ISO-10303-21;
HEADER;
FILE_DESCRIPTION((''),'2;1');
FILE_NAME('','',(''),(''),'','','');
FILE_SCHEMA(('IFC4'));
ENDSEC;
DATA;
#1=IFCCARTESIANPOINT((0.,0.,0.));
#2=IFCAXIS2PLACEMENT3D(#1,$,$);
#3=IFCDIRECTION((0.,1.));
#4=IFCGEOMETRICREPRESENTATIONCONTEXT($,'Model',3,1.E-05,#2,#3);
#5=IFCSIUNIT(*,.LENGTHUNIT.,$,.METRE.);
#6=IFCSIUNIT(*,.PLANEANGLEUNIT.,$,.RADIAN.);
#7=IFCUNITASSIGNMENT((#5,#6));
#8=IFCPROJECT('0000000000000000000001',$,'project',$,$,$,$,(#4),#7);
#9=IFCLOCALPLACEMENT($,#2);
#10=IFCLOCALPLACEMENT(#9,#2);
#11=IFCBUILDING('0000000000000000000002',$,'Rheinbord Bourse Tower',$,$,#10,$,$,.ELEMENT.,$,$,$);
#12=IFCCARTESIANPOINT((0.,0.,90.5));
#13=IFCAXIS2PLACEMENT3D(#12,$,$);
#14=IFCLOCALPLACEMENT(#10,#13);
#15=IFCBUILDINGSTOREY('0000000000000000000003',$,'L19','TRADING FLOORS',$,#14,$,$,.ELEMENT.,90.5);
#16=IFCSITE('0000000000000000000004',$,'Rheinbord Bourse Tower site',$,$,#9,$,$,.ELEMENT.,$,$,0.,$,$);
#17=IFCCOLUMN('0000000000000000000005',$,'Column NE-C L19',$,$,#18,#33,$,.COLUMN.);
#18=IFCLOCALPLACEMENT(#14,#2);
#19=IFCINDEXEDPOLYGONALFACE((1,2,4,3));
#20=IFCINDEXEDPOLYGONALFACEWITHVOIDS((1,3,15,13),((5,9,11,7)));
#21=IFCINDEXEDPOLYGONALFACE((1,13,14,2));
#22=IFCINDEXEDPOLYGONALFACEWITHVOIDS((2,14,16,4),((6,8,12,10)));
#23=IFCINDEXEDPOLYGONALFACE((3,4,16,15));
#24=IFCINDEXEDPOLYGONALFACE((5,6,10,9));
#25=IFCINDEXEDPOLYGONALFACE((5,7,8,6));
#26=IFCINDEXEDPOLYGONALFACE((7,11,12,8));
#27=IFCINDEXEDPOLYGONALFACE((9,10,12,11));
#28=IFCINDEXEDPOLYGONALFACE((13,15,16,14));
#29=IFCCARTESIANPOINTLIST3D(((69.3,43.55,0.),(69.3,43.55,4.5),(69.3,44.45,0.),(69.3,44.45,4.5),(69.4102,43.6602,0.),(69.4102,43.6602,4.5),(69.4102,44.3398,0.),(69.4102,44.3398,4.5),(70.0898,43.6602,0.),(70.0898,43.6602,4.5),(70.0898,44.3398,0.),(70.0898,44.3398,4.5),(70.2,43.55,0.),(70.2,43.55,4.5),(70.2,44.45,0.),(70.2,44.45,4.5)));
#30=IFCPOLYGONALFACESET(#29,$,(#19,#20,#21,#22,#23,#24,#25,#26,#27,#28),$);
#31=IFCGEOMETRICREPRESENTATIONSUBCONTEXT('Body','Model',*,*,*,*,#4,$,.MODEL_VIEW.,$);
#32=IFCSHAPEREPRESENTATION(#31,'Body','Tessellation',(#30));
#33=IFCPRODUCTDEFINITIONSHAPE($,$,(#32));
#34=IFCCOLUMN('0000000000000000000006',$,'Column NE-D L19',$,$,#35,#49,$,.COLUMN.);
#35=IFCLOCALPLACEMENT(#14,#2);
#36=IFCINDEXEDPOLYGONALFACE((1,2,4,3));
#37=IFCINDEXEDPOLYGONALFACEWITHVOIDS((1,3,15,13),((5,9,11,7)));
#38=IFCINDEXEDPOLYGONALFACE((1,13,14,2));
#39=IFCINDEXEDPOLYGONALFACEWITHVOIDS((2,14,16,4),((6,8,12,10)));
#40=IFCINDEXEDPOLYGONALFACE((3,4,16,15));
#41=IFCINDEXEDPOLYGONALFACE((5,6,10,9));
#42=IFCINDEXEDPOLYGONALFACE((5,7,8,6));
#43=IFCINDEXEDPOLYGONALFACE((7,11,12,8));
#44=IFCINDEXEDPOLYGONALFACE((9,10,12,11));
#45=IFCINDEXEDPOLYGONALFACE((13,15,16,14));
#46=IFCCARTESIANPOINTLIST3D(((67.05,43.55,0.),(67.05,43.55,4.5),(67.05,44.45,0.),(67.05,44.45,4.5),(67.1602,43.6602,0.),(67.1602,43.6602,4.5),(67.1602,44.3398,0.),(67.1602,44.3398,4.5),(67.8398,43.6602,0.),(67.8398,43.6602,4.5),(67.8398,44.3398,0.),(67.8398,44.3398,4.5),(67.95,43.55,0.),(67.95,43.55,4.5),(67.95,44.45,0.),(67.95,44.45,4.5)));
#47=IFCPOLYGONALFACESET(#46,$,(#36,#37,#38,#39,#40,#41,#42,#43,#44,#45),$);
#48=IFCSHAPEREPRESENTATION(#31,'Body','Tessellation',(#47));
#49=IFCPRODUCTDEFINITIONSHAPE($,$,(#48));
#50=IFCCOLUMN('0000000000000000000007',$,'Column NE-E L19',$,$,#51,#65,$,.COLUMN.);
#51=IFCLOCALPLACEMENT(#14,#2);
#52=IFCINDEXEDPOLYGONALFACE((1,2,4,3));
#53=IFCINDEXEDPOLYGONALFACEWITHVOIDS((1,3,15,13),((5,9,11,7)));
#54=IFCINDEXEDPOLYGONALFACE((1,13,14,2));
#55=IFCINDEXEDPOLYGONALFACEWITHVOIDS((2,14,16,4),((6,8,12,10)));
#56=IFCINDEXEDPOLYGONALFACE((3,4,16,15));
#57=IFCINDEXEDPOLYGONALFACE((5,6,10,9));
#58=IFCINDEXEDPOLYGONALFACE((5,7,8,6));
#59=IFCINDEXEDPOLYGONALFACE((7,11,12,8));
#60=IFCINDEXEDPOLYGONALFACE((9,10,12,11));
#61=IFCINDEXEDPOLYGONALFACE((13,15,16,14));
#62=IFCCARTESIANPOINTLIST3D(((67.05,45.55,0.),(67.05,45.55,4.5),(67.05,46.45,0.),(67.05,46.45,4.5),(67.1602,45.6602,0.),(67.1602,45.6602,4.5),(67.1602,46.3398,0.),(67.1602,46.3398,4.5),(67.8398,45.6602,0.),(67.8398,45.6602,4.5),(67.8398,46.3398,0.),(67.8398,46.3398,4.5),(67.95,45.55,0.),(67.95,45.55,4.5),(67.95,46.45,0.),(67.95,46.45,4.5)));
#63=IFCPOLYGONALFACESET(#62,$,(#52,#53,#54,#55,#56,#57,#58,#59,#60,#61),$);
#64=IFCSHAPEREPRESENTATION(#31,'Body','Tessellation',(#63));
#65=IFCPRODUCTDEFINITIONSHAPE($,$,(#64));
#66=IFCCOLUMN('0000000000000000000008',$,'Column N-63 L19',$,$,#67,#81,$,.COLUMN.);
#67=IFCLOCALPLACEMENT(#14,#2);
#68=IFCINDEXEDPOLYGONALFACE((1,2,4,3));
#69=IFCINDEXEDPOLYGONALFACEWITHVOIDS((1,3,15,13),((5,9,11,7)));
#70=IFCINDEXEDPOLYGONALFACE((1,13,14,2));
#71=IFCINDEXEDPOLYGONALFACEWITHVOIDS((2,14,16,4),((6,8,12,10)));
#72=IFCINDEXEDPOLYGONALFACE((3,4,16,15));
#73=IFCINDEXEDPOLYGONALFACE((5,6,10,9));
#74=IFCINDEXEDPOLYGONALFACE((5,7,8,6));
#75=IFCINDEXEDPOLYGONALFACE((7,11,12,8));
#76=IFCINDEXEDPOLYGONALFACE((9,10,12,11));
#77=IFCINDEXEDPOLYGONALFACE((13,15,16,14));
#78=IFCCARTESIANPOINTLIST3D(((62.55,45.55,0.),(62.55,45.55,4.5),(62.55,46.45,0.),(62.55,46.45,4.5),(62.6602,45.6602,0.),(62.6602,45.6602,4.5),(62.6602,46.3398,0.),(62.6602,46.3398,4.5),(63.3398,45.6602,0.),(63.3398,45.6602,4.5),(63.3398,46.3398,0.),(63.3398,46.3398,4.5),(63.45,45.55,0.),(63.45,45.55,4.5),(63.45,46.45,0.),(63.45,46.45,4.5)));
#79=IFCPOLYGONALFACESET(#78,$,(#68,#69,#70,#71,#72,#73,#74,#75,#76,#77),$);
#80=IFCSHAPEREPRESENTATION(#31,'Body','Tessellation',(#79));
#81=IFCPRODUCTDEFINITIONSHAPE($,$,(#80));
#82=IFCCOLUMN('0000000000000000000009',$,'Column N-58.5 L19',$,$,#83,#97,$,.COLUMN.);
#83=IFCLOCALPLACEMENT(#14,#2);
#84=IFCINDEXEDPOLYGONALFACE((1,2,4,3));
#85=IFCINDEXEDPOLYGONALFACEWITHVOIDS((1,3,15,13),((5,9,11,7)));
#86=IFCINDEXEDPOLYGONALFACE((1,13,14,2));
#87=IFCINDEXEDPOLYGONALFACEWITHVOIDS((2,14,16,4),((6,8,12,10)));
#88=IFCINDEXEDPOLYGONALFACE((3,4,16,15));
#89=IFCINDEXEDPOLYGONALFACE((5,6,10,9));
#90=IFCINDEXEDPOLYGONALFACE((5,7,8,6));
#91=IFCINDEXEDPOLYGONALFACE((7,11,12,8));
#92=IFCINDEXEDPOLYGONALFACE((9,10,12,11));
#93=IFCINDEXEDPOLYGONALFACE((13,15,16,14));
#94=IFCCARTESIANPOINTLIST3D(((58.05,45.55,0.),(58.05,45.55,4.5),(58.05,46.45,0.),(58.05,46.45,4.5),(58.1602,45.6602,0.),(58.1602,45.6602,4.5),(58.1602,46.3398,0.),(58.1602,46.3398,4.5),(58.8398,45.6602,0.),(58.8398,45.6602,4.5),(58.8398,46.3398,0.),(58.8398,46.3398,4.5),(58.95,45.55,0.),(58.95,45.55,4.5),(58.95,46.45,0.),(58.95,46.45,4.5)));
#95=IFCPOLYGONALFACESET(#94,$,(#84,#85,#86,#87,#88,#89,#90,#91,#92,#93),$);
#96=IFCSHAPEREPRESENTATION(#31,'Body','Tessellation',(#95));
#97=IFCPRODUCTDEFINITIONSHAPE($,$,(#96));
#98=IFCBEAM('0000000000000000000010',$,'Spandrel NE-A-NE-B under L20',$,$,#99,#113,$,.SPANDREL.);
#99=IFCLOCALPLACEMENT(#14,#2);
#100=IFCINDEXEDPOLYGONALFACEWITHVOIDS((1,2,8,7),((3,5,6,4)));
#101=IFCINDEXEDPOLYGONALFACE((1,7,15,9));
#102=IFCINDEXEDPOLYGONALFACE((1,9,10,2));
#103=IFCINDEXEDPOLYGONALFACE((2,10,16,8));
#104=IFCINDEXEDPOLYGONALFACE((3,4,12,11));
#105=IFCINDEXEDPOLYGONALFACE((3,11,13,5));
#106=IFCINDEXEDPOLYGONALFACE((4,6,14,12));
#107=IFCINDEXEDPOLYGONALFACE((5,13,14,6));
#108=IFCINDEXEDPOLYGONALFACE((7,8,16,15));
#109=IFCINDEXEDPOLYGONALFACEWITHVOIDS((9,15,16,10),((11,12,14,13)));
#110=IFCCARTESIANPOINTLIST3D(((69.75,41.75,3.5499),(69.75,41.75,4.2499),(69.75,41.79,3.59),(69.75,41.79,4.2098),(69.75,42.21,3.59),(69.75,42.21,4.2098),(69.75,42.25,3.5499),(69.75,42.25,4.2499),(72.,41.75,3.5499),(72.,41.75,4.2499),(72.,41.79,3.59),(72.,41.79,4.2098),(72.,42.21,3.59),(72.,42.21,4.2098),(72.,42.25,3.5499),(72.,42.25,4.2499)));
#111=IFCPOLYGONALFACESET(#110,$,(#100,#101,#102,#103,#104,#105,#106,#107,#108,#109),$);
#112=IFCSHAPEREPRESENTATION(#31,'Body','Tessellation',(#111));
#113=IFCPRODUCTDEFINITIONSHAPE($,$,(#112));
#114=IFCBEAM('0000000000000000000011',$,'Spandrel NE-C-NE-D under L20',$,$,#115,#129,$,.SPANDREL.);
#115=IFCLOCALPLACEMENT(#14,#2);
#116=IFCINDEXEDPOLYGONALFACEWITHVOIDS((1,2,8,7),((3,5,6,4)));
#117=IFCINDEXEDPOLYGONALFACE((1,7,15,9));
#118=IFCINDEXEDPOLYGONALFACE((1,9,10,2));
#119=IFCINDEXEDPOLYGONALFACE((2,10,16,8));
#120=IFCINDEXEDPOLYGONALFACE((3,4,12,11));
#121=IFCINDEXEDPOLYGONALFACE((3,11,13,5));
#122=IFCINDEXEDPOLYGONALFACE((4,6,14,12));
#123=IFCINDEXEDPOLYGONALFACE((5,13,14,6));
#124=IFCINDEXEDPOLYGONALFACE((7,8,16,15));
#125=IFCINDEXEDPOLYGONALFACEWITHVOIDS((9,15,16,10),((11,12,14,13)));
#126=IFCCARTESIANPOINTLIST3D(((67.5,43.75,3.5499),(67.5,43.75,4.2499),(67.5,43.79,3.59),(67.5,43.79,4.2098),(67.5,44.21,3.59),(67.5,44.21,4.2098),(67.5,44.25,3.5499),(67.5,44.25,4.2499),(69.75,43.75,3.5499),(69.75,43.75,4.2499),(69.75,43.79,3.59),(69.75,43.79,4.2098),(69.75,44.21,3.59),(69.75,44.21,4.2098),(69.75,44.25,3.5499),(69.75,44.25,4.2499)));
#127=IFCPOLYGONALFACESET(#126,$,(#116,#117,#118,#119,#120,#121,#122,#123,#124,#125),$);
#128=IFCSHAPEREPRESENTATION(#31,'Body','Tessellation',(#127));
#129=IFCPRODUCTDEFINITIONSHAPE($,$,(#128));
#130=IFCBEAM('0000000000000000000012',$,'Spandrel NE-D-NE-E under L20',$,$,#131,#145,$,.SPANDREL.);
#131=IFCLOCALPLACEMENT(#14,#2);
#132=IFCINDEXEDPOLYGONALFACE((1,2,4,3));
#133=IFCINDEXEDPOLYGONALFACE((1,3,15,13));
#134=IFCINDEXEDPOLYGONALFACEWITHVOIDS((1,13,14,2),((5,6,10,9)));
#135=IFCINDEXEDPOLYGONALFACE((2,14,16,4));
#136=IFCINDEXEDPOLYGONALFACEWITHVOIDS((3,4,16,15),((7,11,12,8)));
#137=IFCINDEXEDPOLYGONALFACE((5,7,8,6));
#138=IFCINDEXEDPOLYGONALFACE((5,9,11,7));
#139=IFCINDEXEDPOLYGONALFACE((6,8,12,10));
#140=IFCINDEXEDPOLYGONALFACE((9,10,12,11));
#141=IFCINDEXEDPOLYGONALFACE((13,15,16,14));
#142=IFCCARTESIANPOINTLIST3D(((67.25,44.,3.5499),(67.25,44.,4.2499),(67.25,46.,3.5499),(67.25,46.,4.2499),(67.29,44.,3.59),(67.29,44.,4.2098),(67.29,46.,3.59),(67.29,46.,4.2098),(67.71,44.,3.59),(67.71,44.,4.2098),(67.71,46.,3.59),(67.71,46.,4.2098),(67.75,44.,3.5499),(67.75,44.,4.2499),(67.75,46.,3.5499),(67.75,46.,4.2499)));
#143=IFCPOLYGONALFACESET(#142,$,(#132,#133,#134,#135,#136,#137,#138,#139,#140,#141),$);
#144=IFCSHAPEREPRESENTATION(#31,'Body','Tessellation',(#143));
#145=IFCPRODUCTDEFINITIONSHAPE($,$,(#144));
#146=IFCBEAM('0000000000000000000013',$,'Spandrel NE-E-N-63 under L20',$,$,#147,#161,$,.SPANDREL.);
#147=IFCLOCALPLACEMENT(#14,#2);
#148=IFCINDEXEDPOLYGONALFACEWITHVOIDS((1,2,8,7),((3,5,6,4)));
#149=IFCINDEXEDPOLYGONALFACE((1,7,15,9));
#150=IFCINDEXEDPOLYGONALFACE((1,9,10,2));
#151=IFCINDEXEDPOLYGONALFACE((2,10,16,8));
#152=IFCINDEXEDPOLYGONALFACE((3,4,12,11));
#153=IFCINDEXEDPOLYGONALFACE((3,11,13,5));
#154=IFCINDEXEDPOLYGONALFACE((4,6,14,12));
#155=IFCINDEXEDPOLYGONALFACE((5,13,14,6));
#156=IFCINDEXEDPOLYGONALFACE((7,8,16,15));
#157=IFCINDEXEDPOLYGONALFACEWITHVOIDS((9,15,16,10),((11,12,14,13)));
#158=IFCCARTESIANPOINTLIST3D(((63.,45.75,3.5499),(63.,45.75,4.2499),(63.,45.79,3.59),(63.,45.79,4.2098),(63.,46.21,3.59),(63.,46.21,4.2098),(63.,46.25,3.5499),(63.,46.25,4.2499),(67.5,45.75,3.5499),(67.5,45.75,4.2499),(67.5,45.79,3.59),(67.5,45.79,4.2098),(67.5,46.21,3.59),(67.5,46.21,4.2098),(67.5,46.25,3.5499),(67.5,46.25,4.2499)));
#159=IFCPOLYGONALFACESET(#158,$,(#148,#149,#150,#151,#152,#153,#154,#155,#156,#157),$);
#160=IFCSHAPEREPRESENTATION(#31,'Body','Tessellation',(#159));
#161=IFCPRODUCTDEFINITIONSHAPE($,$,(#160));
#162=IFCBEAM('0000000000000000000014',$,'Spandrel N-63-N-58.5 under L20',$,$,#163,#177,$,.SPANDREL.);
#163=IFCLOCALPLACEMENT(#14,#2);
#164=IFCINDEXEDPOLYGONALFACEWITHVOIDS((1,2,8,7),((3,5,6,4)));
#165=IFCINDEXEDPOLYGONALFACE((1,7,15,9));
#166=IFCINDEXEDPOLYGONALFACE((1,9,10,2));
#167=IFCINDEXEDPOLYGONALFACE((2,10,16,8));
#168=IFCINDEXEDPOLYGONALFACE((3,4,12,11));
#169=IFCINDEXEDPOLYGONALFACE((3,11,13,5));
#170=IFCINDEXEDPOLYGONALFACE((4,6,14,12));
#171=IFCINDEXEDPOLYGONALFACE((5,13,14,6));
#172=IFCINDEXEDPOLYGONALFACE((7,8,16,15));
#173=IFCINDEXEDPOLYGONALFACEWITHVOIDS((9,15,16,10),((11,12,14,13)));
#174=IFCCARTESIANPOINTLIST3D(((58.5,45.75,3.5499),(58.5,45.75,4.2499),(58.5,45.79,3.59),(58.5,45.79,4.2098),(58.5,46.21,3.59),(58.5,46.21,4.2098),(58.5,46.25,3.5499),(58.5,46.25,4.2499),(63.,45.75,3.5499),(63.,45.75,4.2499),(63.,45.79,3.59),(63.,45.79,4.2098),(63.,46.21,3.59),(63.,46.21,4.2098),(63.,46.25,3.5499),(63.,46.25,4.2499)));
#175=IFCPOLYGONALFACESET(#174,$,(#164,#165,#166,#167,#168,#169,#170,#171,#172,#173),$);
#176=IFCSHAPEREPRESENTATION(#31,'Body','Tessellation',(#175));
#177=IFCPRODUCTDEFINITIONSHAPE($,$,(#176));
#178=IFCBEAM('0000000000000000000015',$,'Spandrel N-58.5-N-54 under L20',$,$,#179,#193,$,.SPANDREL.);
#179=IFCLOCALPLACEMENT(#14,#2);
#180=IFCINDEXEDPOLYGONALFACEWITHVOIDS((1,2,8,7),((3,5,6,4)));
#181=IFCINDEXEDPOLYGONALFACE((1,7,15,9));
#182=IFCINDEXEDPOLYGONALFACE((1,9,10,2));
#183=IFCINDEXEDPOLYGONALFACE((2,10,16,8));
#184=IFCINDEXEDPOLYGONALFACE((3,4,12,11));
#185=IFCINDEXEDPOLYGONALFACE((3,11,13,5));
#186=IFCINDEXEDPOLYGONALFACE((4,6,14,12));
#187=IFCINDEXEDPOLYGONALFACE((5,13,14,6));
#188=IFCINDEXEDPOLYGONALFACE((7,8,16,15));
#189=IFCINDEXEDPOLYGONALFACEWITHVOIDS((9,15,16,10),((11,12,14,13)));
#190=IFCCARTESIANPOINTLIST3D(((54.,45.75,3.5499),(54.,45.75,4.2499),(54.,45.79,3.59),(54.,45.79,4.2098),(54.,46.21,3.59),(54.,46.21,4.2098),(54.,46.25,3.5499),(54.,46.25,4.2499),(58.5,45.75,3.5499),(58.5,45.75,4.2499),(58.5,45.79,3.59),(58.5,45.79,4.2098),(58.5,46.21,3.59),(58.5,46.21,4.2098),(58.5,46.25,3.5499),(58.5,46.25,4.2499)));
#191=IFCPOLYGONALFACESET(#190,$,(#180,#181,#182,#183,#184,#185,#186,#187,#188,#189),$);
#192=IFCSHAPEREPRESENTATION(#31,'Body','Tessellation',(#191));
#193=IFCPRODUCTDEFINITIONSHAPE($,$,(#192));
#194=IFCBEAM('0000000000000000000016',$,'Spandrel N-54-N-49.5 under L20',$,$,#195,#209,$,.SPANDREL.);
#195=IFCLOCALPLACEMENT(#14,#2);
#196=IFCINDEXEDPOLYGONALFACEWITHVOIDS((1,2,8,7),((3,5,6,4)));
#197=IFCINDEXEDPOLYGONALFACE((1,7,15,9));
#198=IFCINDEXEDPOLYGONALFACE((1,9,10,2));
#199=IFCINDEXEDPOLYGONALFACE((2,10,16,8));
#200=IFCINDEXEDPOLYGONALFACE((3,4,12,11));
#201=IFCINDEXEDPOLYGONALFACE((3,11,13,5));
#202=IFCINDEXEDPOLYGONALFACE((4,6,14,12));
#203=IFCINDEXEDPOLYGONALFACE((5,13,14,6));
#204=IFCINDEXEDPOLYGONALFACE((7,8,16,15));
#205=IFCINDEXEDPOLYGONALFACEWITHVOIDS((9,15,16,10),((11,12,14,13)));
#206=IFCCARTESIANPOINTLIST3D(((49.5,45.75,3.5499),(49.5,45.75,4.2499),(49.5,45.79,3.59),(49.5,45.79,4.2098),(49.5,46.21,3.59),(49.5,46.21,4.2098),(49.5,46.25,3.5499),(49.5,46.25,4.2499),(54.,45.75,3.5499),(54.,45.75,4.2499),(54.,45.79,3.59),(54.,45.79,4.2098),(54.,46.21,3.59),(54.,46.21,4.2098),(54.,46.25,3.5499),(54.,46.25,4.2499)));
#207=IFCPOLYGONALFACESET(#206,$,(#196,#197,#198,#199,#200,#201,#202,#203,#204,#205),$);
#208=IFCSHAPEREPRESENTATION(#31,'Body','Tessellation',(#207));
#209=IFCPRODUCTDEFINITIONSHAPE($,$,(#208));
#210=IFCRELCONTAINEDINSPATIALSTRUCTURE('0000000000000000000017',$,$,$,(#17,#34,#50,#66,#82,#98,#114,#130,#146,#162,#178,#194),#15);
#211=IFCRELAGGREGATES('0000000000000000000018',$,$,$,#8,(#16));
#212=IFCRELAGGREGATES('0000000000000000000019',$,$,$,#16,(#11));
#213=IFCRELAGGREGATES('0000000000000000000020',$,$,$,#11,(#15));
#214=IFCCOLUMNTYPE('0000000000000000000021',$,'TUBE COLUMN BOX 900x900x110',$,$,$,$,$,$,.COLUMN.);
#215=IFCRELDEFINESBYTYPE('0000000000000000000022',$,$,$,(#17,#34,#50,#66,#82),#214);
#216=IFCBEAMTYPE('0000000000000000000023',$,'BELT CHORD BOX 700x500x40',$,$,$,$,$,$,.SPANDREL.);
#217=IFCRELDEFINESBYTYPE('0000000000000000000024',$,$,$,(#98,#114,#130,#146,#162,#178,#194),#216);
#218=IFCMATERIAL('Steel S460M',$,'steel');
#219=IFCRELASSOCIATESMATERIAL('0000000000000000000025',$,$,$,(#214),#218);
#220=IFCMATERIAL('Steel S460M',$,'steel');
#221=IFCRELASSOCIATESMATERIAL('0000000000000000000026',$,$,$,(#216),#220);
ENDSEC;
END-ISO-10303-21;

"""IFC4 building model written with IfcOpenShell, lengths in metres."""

from ifc_helpers import new_model, si_unit, direction, frame, origin, origin_2d, place, context, subcontext, project, spatial, hollow_rectangle, extrude, material, material_profile, profile_set, type_object, element, save


model = new_model("IFC4")

# Units and contexts
model_context = context("Model", 3, precision=1e-05, world=origin(), true_north=direction((0.0, 1.0)))
body_context = subcontext(model_context, "Body", "Model", "MODEL_VIEW")
ifc_project = project(units=[si_unit("LENGTHUNIT", "METRE"), si_unit("PLANEANGLEUNIT", "RADIAN")], contexts=[model_context])

# Site, building, storey
site_placement = place(None, origin())
site = spatial("IfcSite", under=ifc_project, at=site_placement, Name="Rheinbord Bourse Tower site", CompositionType="ELEMENT", RefElevation=0.0)
building_placement = place(site_placement, origin())
building = spatial("IfcBuilding", under=site, at=building_placement, Name="Rheinbord Bourse Tower", CompositionType="ELEMENT")
storey_placement = place(building_placement, frame((0.0, 0.0, 90.5)))
storey = spatial("IfcBuildingStorey", under=building, at=storey_placement, Name="L19", Description="TRADING FLOORS", CompositionType="ELEMENT", Elevation=90.5)

# Columns
ifc_material_1 = material(Name="Steel S460M", Category="steel")
ifc_material_profile_1 = material_profile(ifc_material_1, hollow_rectangle(XDim=0.8999, YDim=0.8999, WallThickness=0.1101, at=origin_2d()), Name="BOX 900x900x110")
ifc_profile_set_1 = profile_set([ifc_material_profile_1], Name="Steel S460M")
column_type = type_object("IfcColumnType", Name="TUBE COLUMN BOX 900x900x110", PredefinedType="COLUMN", material=ifc_profile_set_1)
for number, where, z_axis, x_axis, name in (
    (1, (69.75, 44.0, 0.0), (0.0, 0.0, 1.0), (1.0, 0.0, 0.0), "Column NE-C L19"),
    (2, (67.5, 44.0, 0.0), (0.0, 0.0, 1.0), (0.0, 1.0, 0.0), "Column NE-D L19"),
    (3, (67.5, 46.0, 0.0), (0.0, 0.0, 1.0), (0.0, 1.0, 0.0), "Column NE-E L19"),
    (4, (63.0, 46.0, 0.0), (0.0, 0.0, 1.0), (0.0, 1.0, 0.0), "Column N-63 L19"),
    (5, (58.5, 46.0, 0.0), (0.0, 0.0, 1.0), (0.0, 1.0, 0.0), "Column N-58.5 L19"),
):
    element("IfcColumn", number, at=place(storey_placement, frame(where, z_axis=z_axis, x_axis=x_axis)), inside=storey, type_object=column_type, Name=name, PredefinedType="COLUMN", context=body_context, shape_type="SweptSolid", body=[
        extrude(hollow_rectangle(XDim=0.8999, YDim=0.8999, WallThickness=0.1101, at=origin_2d()), origin(), (0.0, 0.0, 1.0), 4.5),
    ])

# Beams
ifc_material_2 = material(Name="Steel S460M", Category="steel")
ifc_material_profile_2 = material_profile(ifc_material_2, hollow_rectangle(XDim=0.5, YDim=0.7, WallThickness=0.04, at=origin_2d()), Name="BOX 700x500x40")
ifc_profile_set_2 = profile_set([ifc_material_profile_2], Name="Steel S460M")
beam_type_1 = type_object("IfcBeamType", Name="BELT CHORD BOX 700x500x40", PredefinedType="SPANDREL", material=ifc_profile_set_2)
for number, where, z_axis, x_axis, name in (
    (6, (72.0, 42.0, 3.8999), (-1.0, 0.0, 0.0), (0.0, -1.0, 0.0), "Spandrel NE-A-NE-B under L20"),
    (7, (69.75, 44.0, 3.8999), (-1.0, 0.0, 0.0), (0.0, -1.0, 0.0), "Spandrel NE-C-NE-D under L20"),
):
    element("IfcBeam", number, at=place(storey_placement, frame(where, z_axis=z_axis, x_axis=x_axis)), inside=storey, type_object=beam_type_1, Name=name, PredefinedType="SPANDREL", context=body_context, shape_type="SweptSolid", body=[
        extrude(hollow_rectangle(XDim=0.5, YDim=0.7, WallThickness=0.04, at=origin_2d()), origin(), (0.0, 0.0, 1.0), 2.25),
    ])
beam_placement = place(storey_placement, frame((67.5, 44.0, 3.8999), z_axis=(0.0, 1.0, 0.0), x_axis=(-1.0, 0.0, 0.0)))
element("IfcBeam", 8, at=beam_placement, inside=storey, type_object=beam_type_1, Name="Spandrel NE-D-NE-E under L20", PredefinedType="SPANDREL", context=body_context, shape_type="SweptSolid", body=[
    extrude(hollow_rectangle(XDim=0.5, YDim=0.7, WallThickness=0.04, at=origin_2d()), origin(), (0.0, 0.0, 1.0), 2.0),
])
for number, where, z_axis, x_axis, name in (
    (9, (67.5, 46.0, 3.8999), (-1.0, 0.0, 0.0), (0.0, -1.0, 0.0), "Spandrel NE-E-N-63 under L20"),
    (10, (63.0, 46.0, 3.8999), (-1.0, 0.0, 0.0), (0.0, -1.0, 0.0), "Spandrel N-63-N-58.5 under L20"),
    (11, (58.5, 46.0, 3.8999), (-1.0, 0.0, 0.0), (0.0, -1.0, 0.0), "Spandrel N-58.5-N-54 under L20"),
    (12, (54.0, 46.0, 3.8999), (-1.0, 0.0, 0.0), (0.0, -1.0, 0.0), "Spandrel N-54-N-49.5 under L20"),
):
    element("IfcBeam", number, at=place(storey_placement, frame(where, z_axis=z_axis, x_axis=x_axis)), inside=storey, type_object=beam_type_1, Name=name, PredefinedType="SPANDREL", context=body_context, shape_type="SweptSolid", body=[
        extrude(hollow_rectangle(XDim=0.5, YDim=0.7, WallThickness=0.04, at=origin_2d()), origin(), (0.0, 0.0, 1.0), 4.5),
    ])

save(model, "model.ifc")
